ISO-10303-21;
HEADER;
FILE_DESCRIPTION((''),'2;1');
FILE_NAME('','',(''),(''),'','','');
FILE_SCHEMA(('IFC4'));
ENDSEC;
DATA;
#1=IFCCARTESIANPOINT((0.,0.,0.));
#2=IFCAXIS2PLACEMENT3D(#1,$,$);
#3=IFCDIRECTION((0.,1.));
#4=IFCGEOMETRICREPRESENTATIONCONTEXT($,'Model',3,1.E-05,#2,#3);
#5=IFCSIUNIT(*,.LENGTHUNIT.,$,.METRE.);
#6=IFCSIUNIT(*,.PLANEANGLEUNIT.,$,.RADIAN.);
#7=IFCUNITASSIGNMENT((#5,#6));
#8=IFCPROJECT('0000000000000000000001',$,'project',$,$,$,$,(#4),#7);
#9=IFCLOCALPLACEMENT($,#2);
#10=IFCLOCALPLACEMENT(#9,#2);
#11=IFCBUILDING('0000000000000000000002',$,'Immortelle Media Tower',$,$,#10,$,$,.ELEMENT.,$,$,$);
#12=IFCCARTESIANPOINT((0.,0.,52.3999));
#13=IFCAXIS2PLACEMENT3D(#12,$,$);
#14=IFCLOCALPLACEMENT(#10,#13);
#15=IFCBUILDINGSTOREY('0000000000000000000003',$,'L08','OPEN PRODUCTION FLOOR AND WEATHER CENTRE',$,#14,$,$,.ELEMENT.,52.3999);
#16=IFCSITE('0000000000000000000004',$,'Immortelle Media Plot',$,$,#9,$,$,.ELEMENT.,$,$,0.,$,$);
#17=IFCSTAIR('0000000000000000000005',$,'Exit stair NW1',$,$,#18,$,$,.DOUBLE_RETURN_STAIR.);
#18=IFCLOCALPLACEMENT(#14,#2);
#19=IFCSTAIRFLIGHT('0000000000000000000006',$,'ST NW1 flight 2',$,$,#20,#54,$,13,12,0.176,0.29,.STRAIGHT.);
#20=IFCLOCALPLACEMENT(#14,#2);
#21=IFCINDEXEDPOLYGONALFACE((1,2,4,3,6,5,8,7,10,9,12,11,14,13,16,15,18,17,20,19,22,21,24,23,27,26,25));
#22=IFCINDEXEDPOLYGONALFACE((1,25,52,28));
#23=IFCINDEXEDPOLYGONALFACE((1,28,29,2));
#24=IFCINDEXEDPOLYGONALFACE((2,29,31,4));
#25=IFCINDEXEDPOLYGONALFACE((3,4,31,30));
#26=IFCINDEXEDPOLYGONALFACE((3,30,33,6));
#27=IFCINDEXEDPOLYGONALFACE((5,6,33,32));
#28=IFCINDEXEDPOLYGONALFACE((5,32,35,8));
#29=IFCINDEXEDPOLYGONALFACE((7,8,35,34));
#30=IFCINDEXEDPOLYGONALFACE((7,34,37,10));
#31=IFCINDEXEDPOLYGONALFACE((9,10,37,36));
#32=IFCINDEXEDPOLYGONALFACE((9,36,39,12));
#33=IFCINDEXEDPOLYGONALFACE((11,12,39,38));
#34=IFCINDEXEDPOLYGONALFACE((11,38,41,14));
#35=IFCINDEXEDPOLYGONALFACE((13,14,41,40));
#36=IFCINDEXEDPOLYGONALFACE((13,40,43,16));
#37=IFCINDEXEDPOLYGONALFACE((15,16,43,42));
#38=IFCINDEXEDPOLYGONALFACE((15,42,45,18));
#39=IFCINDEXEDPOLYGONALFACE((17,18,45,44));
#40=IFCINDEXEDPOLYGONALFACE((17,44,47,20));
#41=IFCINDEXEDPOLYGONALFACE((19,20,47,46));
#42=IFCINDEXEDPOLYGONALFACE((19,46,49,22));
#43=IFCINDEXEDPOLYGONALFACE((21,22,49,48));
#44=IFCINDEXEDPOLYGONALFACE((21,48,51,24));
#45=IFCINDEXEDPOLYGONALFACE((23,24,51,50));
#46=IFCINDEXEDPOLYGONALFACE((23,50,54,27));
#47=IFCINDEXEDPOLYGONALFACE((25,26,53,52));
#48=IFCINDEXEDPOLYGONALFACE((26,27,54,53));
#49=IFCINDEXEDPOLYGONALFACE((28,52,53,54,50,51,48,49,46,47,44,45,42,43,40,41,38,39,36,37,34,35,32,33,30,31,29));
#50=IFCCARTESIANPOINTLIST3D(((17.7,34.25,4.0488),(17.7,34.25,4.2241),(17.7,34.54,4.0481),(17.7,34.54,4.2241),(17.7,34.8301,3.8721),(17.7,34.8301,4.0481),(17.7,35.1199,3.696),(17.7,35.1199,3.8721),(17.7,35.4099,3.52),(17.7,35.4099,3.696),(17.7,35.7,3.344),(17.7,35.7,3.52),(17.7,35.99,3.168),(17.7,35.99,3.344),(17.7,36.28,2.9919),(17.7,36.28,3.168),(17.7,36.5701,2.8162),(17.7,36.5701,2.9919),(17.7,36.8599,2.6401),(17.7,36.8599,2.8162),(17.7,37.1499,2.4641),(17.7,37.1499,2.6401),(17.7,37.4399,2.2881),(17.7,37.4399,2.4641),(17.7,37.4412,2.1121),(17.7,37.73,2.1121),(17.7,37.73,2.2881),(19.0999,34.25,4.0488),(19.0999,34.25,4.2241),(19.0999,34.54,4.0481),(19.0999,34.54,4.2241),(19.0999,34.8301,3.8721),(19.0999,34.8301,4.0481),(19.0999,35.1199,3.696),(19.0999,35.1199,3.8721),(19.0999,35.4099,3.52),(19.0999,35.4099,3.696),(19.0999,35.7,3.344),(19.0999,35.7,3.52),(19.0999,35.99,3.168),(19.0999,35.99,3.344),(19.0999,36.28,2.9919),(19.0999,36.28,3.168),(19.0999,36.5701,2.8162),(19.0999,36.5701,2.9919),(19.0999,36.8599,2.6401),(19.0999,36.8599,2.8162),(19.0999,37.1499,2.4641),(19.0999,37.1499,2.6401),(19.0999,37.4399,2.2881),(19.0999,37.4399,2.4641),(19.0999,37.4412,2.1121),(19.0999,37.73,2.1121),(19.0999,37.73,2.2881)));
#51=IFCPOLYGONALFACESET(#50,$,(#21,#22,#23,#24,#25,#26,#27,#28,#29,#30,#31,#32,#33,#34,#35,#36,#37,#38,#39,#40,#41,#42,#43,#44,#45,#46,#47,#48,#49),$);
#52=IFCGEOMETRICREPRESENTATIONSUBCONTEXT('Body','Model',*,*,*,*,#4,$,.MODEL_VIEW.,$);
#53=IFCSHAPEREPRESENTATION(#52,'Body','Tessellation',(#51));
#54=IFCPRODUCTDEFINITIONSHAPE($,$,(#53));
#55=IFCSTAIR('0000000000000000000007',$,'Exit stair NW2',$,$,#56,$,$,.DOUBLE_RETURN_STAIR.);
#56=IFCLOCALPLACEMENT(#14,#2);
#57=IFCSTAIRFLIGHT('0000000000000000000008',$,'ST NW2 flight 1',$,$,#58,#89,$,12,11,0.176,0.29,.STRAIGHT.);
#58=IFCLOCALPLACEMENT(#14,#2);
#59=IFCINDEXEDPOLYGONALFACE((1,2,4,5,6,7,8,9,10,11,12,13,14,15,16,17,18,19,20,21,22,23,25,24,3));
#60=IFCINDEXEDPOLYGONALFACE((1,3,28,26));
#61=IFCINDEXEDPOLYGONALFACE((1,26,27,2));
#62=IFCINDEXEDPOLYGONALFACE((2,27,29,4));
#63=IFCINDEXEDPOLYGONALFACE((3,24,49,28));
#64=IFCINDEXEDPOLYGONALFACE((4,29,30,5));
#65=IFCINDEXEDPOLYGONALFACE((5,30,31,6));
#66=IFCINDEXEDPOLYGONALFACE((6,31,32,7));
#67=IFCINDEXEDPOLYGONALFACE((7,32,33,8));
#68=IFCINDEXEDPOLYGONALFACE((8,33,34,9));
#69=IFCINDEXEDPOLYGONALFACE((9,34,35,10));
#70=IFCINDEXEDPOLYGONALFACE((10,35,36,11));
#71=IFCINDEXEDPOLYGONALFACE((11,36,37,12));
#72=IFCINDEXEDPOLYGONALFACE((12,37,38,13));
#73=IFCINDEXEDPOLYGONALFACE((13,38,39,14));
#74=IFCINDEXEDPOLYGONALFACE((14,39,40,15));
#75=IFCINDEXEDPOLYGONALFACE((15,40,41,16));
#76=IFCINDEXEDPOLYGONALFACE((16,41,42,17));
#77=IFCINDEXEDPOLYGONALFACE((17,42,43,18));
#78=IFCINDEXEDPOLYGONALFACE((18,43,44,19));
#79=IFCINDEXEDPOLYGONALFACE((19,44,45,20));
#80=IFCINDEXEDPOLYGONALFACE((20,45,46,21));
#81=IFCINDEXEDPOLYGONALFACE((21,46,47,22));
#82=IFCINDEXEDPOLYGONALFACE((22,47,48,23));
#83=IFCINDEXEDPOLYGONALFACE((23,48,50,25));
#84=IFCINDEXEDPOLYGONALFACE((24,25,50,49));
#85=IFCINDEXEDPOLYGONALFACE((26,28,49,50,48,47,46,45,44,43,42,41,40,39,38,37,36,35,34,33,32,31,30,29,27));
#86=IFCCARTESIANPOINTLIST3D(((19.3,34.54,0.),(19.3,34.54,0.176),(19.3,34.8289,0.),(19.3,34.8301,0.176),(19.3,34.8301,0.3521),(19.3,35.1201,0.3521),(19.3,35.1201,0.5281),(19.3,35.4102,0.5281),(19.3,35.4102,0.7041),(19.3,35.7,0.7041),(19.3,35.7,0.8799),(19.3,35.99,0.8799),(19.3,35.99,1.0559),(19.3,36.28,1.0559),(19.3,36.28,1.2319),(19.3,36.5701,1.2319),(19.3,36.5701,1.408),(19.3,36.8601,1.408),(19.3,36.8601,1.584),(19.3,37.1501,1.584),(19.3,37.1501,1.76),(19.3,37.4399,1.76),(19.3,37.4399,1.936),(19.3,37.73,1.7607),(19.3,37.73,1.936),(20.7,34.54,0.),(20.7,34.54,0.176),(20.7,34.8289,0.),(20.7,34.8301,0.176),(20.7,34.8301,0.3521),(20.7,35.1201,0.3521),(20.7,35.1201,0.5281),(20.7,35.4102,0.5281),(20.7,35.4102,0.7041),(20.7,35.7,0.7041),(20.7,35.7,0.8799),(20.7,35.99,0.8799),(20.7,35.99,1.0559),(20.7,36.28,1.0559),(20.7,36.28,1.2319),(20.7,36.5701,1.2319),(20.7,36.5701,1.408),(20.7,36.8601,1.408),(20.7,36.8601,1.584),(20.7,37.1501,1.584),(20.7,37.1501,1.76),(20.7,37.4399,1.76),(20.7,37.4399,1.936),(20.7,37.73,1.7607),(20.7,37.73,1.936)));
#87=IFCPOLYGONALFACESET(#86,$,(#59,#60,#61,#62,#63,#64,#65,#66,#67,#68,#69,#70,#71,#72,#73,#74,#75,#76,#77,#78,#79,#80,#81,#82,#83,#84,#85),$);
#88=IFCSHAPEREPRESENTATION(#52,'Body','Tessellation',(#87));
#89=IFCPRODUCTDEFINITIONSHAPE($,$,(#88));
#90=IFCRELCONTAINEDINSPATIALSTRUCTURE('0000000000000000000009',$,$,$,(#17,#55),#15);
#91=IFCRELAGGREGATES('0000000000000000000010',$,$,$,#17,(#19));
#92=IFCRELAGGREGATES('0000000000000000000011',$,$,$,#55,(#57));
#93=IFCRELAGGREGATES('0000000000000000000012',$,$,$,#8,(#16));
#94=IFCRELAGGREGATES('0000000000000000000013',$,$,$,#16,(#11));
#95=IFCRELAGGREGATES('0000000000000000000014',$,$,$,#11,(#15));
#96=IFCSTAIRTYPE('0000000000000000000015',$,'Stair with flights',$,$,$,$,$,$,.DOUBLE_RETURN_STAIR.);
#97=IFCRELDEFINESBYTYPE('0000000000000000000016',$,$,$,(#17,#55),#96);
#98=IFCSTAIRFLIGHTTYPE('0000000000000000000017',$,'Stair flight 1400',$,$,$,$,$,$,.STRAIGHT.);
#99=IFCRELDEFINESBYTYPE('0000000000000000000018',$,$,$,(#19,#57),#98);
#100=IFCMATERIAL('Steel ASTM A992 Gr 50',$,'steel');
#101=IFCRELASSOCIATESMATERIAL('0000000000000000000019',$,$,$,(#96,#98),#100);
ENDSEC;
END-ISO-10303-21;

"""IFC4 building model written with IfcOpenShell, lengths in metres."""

from ifc_helpers import new_model, si_unit, direction, frame, origin, place, context, subcontext, project, spatial, polyline, outline, extrude, material, type_object, element, aggregate, save


model = new_model("IFC4")

# Units and contexts
model_context = context("Model", 3, precision=1e-05, world=origin(), true_north=direction((0.0, 1.0)))
body_context = subcontext(model_context, "Body", "Model", "MODEL_VIEW")
ifc_project = project(units=[si_unit("LENGTHUNIT", "METRE"), si_unit("PLANEANGLEUNIT", "RADIAN")], contexts=[model_context])

# Site, building, storey
site_placement = place(None, origin())
site = spatial("IfcSite", under=ifc_project, at=site_placement, Name="Immortelle Media Plot", CompositionType="ELEMENT", RefElevation=0.0)
building_placement = place(site_placement, origin())
building = spatial("IfcBuilding", under=site, at=building_placement, Name="Immortelle Media Tower", CompositionType="ELEMENT")
storey_placement = place(building_placement, frame((0.0, 0.0, 52.3999)))
storey = spatial("IfcBuildingStorey", under=building, at=storey_placement, Name="L08", Description="OPEN PRODUCTION FLOOR AND WEATHER CENTRE", CompositionType="ELEMENT", Elevation=52.3999)

# Stair, stair flight
ifc_material_1 = material(Name="Steel ASTM A992 Gr 50", Category="steel")
stair_type = type_object("IfcStairType", Name="Stair with flights", PredefinedType="DOUBLE_RETURN_STAIR", material=ifc_material_1)
stair_1_placement = place(storey_placement, origin())
stair_1 = element("IfcStair", 1, at=stair_1_placement, inside=storey, type_object=stair_type, Name="Exit stair NW1", PredefinedType="DOUBLE_RETURN_STAIR")
stair_flight_type = type_object("IfcStairFlightType", Name="Stair flight 1400", PredefinedType="STRAIGHT", material=ifc_material_1)
stair_flight_1_placement = place(storey_placement, frame((18.3999, 37.73, 2.1121), z_axis=(0.0, 0.0, 1.0), x_axis=(0.0, -1.0, 0.0)))
stair_flight_1 = element("IfcStairFlight", 2, at=stair_flight_1_placement, type_object=stair_flight_type, Name="ST NW1 flight 2", NumberOfRisers=13, NumberOfTreads=12, PredefinedType="STRAIGHT", RiserHeight=0.176, TreadLength=0.29, context=body_context, shape_type="SweptSolid", body=[
    extrude(outline(polyline([(0.0, 0.0), (0.0, 0.176), (0.29, 0.176), (0.29, 0.3521), (0.5801, 0.3521), (0.5801, 0.5281), (0.8701, 0.5281), (0.8701, 0.7041), (1.1599, 0.7041), (1.1599, 0.8799), (1.45, 0.8799), (1.45, 1.0559), (1.74, 1.0559), (1.74, 1.2319), (2.03, 1.2319), (2.03, 1.408), (2.3201, 1.408), (2.3201, 1.584), (2.6101, 1.584), (2.6101, 1.76), (2.8999, 1.76), (2.8999, 1.936), (3.1899, 1.936), (3.1899, 2.1121), (3.48, 2.1121), (3.48, 2.2881), (3.48, 1.9368), (0.2888, 0.0), (0.0, 0.0)])), frame((0.0, 0.7, 0.0), z_axis=(0.0, -1.0, 0.0), x_axis=(1.0, 0.0, 0.0)), (0.0, 0.0, 1.0), 1.3999),
])
aggregate(stair_1, [stair_flight_1])

# Stair, stair flight
stair_2_placement = place(storey_placement, origin())
stair_2 = element("IfcStair", 3, at=stair_2_placement, inside=storey, type_object=stair_type, Name="Exit stair NW2", PredefinedType="DOUBLE_RETURN_STAIR")
stair_flight_2_placement = place(storey_placement, frame((20.0, 34.54, 0.0), z_axis=(0.0, 0.0, 1.0), x_axis=(0.0, 1.0, 0.0)))
stair_flight_2 = element("IfcStairFlight", 4, at=stair_flight_2_placement, type_object=stair_flight_type, Name="ST NW2 flight 1", NumberOfRisers=12, NumberOfTreads=11, PredefinedType="STRAIGHT", RiserHeight=0.176, TreadLength=0.29, context=body_context, shape_type="SweptSolid", body=[
    extrude(outline(polyline([(0.0, 0.0), (0.0, 0.176), (0.29, 0.176), (0.29, 0.3521), (0.5801, 0.3521), (0.5801, 0.5281), (0.8701, 0.5281), (0.8701, 0.7041), (1.1599, 0.7041), (1.1599, 0.8799), (1.45, 0.8799), (1.45, 1.0559), (1.74, 1.0559), (1.74, 1.2319), (2.03, 1.2319), (2.03, 1.408), (2.3201, 1.408), (2.3201, 1.584), (2.6101, 1.584), (2.6101, 1.76), (2.8999, 1.76), (2.8999, 1.936), (3.1899, 1.936), (3.1899, 2.1121), (3.1899, 1.7607), (0.2888, 0.0), (0.0, 0.0)])), frame((0.0, 0.7, 0.0), z_axis=(0.0, -1.0, 0.0), x_axis=(1.0, 0.0, 0.0)), (0.0, 0.0, 1.0), 1.3999),
])
aggregate(stair_2, [stair_flight_2])

save(model, "model.ifc")
